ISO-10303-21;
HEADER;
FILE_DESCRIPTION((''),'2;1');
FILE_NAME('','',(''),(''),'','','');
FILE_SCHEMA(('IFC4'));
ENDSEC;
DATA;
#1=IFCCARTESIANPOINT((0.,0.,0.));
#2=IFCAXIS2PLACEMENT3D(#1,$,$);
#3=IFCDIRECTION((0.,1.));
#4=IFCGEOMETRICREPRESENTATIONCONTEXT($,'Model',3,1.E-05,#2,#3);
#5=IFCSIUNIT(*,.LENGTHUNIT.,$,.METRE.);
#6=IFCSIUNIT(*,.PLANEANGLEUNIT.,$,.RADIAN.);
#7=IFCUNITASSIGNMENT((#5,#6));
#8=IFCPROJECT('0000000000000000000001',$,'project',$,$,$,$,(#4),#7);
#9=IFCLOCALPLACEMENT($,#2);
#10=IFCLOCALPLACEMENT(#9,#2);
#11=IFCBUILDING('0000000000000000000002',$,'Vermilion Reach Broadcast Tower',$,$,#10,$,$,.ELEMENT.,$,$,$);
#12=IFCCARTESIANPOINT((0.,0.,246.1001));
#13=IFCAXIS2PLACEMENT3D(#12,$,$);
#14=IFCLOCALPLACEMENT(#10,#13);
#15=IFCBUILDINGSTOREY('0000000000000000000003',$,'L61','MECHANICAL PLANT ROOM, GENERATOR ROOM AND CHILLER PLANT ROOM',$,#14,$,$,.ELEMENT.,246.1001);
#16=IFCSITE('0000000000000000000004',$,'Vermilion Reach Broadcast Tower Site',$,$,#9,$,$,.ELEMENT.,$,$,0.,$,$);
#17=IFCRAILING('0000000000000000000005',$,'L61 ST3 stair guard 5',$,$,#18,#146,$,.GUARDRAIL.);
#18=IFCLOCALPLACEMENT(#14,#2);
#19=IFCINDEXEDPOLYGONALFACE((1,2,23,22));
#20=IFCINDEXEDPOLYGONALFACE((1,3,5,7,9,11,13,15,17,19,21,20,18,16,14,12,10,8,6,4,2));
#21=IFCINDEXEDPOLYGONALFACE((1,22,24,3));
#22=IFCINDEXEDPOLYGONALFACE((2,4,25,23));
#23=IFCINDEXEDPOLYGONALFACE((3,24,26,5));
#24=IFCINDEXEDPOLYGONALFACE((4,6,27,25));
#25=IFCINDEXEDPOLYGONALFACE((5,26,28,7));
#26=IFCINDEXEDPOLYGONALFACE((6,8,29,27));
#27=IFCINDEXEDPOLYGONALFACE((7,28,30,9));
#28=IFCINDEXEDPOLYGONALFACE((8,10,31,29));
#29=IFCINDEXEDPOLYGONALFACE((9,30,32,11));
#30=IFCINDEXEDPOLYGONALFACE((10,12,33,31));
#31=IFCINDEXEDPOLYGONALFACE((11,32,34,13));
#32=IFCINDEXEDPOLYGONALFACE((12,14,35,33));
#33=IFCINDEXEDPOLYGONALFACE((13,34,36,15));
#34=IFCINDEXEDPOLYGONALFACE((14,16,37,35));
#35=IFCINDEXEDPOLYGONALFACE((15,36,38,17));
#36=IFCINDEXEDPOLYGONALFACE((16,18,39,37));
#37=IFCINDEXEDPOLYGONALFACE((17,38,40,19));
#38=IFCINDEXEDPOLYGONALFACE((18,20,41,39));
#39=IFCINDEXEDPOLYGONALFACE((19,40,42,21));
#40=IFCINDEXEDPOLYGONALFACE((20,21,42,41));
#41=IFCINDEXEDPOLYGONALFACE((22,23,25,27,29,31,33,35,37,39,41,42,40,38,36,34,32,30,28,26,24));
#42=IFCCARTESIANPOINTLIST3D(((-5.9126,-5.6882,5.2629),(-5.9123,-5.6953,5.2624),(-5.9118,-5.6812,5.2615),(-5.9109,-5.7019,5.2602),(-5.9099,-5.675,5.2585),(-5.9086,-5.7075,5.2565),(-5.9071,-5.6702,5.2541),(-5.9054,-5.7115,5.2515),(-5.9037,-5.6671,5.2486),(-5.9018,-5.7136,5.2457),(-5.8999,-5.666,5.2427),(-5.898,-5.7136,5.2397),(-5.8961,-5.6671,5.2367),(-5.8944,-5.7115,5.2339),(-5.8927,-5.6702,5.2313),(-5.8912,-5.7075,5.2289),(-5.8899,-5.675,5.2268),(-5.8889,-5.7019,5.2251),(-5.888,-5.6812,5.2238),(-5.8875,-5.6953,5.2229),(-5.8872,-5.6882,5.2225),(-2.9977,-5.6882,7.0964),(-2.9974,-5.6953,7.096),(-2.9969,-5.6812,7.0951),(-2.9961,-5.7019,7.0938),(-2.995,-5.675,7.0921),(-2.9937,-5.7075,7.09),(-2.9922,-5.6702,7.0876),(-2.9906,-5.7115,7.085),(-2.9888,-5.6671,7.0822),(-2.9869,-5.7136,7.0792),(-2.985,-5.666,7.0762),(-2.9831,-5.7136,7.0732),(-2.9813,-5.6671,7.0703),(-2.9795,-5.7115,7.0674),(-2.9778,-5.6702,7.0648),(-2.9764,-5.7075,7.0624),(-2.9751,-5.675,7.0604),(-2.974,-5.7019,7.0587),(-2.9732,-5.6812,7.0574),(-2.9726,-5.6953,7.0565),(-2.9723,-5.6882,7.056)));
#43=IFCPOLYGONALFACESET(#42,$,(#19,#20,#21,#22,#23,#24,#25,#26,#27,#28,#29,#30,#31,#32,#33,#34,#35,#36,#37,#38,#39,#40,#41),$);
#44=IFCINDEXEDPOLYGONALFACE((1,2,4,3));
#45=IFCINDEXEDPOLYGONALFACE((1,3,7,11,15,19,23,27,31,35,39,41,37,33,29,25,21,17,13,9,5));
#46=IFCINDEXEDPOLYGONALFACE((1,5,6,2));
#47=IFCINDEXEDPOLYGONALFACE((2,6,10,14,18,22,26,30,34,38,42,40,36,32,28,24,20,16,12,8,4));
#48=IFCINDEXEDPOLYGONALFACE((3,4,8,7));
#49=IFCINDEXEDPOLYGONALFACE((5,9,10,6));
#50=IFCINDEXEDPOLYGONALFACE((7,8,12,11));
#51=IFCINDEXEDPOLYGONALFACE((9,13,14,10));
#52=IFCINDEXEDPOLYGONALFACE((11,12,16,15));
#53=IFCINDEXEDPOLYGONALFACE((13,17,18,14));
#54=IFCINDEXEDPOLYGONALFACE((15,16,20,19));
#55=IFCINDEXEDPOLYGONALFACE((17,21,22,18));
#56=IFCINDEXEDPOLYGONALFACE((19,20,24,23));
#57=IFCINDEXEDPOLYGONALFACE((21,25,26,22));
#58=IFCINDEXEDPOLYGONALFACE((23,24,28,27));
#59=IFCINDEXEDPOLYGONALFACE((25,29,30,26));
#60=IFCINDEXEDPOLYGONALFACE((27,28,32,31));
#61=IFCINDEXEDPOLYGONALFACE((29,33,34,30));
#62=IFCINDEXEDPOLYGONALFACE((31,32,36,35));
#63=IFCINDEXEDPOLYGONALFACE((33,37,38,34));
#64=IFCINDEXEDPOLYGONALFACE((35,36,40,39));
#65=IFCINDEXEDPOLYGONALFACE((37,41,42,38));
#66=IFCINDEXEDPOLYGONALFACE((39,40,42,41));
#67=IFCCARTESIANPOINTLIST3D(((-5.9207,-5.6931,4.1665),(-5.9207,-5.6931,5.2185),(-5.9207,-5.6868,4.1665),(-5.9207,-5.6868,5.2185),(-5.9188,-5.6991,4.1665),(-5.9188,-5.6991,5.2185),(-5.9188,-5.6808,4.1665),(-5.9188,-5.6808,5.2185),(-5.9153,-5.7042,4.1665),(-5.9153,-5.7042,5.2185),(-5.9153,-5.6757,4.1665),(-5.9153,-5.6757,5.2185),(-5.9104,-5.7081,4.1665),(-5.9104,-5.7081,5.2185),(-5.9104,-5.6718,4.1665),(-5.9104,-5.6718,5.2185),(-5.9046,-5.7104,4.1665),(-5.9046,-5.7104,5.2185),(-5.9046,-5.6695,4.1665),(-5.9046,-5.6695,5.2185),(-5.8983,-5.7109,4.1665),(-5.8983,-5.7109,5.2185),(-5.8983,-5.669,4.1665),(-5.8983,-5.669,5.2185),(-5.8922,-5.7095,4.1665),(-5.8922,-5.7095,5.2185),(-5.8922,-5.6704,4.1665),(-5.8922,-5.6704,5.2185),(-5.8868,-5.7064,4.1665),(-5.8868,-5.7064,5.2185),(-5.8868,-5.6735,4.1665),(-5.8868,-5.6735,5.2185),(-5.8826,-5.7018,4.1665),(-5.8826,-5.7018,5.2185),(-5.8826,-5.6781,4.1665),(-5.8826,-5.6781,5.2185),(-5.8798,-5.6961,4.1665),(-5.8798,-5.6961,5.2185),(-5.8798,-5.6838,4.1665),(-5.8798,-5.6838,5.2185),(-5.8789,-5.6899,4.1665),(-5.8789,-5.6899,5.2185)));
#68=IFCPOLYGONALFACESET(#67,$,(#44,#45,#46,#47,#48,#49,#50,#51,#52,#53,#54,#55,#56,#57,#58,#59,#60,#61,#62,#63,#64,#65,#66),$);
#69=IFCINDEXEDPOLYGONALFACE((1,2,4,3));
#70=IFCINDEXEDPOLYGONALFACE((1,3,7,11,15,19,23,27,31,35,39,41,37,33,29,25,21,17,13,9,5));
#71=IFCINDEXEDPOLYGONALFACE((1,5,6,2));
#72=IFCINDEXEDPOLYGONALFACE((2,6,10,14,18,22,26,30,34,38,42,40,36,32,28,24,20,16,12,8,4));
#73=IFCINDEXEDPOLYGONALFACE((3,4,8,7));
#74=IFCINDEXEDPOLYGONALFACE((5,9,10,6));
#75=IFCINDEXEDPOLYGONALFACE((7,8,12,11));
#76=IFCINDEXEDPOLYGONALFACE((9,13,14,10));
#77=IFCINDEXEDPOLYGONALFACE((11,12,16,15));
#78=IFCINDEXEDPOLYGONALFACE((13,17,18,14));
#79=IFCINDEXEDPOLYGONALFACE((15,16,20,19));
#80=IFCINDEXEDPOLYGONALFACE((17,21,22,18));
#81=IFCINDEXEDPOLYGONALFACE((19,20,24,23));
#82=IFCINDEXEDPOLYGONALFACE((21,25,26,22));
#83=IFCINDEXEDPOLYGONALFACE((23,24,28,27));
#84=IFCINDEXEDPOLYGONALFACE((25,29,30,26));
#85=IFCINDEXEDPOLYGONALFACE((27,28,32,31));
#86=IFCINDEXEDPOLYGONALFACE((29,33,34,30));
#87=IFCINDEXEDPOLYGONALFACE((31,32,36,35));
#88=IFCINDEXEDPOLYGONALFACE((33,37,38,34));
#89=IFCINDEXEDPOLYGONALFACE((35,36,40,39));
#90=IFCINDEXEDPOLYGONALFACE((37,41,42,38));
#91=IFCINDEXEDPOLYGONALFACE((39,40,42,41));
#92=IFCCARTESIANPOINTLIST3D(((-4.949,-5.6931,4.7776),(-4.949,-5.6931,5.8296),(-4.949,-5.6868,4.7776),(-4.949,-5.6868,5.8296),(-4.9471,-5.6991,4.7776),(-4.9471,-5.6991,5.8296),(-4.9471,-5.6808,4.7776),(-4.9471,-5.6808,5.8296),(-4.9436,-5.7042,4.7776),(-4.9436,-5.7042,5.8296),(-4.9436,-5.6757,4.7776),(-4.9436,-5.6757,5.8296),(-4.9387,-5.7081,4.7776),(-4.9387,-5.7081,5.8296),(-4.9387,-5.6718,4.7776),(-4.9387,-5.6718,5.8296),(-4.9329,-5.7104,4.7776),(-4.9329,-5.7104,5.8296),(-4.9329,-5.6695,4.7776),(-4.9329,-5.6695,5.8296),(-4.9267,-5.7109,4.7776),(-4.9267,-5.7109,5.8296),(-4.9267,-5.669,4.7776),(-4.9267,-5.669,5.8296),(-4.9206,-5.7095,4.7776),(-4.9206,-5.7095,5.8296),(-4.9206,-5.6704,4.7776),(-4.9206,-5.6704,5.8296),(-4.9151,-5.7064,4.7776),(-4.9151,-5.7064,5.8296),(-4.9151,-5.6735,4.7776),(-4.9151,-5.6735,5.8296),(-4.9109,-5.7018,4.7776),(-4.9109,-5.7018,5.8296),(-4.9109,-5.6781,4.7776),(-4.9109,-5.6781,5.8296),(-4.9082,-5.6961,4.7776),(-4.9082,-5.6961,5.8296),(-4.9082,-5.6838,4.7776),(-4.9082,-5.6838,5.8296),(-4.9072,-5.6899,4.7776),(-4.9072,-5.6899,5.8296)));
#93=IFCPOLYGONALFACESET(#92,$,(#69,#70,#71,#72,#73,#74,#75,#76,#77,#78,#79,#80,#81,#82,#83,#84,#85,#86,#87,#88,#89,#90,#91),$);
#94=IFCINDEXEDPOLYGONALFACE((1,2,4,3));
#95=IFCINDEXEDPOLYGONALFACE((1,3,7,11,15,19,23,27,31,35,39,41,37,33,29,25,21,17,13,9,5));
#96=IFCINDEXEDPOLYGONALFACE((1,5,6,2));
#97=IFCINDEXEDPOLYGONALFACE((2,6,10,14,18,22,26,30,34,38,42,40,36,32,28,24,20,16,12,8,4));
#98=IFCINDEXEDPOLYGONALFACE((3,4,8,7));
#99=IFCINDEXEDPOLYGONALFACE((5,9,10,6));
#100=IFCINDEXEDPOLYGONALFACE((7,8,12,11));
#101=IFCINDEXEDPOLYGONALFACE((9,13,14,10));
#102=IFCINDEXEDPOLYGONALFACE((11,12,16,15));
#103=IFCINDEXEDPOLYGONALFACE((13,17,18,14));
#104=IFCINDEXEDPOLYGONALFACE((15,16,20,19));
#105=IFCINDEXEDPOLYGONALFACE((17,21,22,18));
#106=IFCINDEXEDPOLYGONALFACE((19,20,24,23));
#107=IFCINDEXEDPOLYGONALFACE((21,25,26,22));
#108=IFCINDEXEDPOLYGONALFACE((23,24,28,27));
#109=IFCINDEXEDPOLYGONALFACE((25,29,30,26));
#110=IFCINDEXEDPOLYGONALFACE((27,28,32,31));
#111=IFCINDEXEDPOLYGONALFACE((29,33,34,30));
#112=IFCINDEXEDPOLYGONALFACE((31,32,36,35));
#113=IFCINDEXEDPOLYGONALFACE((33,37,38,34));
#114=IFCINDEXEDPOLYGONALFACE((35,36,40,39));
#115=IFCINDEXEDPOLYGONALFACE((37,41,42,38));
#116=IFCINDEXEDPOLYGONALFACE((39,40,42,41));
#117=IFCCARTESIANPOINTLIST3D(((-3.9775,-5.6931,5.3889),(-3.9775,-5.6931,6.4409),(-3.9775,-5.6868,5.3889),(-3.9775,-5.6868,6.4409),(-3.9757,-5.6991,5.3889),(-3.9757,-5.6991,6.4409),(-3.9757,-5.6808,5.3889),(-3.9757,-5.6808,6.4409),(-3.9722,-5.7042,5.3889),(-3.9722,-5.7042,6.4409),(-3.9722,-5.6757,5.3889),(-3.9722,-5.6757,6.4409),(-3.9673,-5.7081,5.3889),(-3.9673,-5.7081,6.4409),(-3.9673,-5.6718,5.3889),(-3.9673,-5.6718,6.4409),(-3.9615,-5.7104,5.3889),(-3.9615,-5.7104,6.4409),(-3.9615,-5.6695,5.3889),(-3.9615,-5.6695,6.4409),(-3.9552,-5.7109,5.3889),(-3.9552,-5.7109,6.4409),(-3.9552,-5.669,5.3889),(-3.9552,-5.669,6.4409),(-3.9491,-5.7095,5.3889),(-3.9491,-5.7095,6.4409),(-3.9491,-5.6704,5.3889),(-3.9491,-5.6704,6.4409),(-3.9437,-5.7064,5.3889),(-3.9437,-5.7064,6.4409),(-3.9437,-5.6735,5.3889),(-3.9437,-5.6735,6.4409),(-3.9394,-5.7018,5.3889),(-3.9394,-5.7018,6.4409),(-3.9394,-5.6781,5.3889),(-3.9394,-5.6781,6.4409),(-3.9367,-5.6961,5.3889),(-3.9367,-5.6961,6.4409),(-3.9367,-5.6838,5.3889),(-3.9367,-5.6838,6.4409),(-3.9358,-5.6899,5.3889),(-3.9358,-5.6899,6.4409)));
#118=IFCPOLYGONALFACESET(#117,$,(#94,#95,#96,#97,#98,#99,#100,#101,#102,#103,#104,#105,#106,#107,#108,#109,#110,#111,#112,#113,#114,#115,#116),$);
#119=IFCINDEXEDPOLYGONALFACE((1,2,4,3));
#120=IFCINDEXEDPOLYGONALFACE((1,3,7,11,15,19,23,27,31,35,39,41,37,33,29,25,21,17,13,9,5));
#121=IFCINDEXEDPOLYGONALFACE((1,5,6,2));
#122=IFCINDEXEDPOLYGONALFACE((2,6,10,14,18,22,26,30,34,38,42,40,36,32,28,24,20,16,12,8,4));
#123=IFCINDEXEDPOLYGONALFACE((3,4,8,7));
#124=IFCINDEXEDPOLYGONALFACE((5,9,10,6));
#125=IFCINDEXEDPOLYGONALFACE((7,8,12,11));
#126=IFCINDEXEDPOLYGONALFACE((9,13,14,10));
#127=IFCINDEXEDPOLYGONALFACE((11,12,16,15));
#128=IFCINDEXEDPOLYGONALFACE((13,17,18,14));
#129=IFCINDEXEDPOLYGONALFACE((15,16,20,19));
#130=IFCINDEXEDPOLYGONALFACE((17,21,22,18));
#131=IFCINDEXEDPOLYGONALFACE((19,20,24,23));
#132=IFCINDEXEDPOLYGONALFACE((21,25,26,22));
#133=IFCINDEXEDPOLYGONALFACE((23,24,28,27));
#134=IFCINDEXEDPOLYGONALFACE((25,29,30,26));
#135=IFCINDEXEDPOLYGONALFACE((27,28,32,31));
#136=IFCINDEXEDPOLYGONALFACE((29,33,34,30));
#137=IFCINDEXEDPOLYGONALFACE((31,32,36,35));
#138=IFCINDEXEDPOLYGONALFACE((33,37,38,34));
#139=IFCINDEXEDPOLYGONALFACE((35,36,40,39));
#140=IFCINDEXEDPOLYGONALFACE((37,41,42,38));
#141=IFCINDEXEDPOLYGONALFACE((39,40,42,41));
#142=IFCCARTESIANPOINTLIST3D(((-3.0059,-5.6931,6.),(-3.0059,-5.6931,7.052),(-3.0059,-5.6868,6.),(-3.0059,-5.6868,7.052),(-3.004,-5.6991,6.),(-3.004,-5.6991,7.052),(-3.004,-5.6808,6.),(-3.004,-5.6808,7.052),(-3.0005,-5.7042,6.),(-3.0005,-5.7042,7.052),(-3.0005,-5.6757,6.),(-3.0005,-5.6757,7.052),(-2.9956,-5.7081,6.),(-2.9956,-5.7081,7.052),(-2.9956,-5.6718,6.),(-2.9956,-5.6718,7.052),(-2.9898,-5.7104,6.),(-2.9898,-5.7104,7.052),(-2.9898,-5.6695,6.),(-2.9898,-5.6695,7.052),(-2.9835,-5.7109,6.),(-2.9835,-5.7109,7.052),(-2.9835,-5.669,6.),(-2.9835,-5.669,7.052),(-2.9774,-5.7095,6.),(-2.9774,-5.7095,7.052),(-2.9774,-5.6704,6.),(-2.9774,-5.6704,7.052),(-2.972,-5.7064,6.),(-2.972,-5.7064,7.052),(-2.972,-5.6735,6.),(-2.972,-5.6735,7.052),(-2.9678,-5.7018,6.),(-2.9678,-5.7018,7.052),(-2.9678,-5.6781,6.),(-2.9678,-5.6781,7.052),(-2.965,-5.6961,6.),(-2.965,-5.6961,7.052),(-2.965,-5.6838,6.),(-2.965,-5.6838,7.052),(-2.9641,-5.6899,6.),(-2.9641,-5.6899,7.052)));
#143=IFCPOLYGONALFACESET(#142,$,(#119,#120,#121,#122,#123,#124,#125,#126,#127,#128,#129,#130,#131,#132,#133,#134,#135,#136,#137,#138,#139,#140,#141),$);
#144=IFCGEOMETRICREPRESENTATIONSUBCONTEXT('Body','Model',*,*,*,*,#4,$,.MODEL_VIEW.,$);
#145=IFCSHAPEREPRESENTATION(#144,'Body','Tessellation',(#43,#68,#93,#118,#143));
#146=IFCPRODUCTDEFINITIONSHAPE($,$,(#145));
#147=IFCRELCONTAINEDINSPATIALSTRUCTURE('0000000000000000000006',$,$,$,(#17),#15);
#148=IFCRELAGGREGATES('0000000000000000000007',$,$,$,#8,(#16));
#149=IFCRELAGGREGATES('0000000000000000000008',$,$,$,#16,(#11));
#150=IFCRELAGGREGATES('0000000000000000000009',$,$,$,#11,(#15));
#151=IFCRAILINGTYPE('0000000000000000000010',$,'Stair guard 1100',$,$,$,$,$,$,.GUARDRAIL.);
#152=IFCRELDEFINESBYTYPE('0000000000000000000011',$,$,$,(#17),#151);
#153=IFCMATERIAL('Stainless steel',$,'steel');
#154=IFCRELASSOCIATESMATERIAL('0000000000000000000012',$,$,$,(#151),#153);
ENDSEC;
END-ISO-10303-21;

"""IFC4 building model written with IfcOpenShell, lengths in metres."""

from ifc_helpers import new_model, si_unit, direction, frame, origin, origin_2d, place, context, subcontext, project, spatial, circle, extrude, material, type_object, element, save


model = new_model("IFC4")

# Units and contexts
model_context = context("Model", 3, precision=1e-05, world=origin(), true_north=direction((0.0, 1.0)))
body_context = subcontext(model_context, "Body", "Model", "MODEL_VIEW")
ifc_project = project(units=[si_unit("LENGTHUNIT", "METRE"), si_unit("PLANEANGLEUNIT", "RADIAN")], contexts=[model_context])

# Site, building, storey
site_placement = place(None, origin())
site = spatial("IfcSite", under=ifc_project, at=site_placement, Name="Vermilion Reach Broadcast Tower Site", CompositionType="ELEMENT", RefElevation=0.0)
building_placement = place(site_placement, origin())
building = spatial("IfcBuilding", under=site, at=building_placement, Name="Vermilion Reach Broadcast Tower", CompositionType="ELEMENT")
storey_placement = place(building_placement, frame((0.0, 0.0, 246.1001)))
storey = spatial("IfcBuildingStorey", under=building, at=storey_placement, Name="L61", Description="MECHANICAL PLANT ROOM, GENERATOR ROOM AND CHILLER PLANT ROOM", CompositionType="ELEMENT", Elevation=246.1001)

# Railing
ifc_material_1 = material(Name="Stainless steel", Category="steel")
railing_type_1 = type_object("IfcRailingType", Name="Stair guard 1100", PredefinedType="GUARDRAIL", material=ifc_material_1)
railing_1_placement = place(storey_placement, frame((-5.8999, -5.6899, 4.1665)))
element("IfcRailing", 1, at=railing_1_placement, inside=storey, type_object=railing_type_1, Name="L61 ST3 stair guard 5", PredefinedType="GUARDRAIL", context=body_context, shape_type="SweptSolid", body=[
    extrude(circle(Radius=0.0239, at=origin_2d()), frame((0.0, 0.0, 1.0762), z_axis=(0.846461, 0.0, 0.53245), x_axis=(0.0, 1.0, 0.0)), (0.0, 0.0, 1.0), 3.4436),
    extrude(circle(Radius=0.021, at=origin_2d()), origin(), (0.0, 0.0, 1.0), 1.052),
    extrude(circle(Radius=0.021, at=origin_2d()), frame((0.9717, 0.0, 0.6111)), (0.0, 0.0, 1.0), 1.052),
    extrude(circle(Radius=0.021, at=origin_2d()), frame((1.9431, 0.0, 1.2224)), (0.0, 0.0, 1.0), 1.052),
    extrude(circle(Radius=0.021, at=origin_2d()), frame((2.9148, 0.0, 1.8335)), (0.0, 0.0, 1.0), 1.052),
])

save(model, "model.ifc")
